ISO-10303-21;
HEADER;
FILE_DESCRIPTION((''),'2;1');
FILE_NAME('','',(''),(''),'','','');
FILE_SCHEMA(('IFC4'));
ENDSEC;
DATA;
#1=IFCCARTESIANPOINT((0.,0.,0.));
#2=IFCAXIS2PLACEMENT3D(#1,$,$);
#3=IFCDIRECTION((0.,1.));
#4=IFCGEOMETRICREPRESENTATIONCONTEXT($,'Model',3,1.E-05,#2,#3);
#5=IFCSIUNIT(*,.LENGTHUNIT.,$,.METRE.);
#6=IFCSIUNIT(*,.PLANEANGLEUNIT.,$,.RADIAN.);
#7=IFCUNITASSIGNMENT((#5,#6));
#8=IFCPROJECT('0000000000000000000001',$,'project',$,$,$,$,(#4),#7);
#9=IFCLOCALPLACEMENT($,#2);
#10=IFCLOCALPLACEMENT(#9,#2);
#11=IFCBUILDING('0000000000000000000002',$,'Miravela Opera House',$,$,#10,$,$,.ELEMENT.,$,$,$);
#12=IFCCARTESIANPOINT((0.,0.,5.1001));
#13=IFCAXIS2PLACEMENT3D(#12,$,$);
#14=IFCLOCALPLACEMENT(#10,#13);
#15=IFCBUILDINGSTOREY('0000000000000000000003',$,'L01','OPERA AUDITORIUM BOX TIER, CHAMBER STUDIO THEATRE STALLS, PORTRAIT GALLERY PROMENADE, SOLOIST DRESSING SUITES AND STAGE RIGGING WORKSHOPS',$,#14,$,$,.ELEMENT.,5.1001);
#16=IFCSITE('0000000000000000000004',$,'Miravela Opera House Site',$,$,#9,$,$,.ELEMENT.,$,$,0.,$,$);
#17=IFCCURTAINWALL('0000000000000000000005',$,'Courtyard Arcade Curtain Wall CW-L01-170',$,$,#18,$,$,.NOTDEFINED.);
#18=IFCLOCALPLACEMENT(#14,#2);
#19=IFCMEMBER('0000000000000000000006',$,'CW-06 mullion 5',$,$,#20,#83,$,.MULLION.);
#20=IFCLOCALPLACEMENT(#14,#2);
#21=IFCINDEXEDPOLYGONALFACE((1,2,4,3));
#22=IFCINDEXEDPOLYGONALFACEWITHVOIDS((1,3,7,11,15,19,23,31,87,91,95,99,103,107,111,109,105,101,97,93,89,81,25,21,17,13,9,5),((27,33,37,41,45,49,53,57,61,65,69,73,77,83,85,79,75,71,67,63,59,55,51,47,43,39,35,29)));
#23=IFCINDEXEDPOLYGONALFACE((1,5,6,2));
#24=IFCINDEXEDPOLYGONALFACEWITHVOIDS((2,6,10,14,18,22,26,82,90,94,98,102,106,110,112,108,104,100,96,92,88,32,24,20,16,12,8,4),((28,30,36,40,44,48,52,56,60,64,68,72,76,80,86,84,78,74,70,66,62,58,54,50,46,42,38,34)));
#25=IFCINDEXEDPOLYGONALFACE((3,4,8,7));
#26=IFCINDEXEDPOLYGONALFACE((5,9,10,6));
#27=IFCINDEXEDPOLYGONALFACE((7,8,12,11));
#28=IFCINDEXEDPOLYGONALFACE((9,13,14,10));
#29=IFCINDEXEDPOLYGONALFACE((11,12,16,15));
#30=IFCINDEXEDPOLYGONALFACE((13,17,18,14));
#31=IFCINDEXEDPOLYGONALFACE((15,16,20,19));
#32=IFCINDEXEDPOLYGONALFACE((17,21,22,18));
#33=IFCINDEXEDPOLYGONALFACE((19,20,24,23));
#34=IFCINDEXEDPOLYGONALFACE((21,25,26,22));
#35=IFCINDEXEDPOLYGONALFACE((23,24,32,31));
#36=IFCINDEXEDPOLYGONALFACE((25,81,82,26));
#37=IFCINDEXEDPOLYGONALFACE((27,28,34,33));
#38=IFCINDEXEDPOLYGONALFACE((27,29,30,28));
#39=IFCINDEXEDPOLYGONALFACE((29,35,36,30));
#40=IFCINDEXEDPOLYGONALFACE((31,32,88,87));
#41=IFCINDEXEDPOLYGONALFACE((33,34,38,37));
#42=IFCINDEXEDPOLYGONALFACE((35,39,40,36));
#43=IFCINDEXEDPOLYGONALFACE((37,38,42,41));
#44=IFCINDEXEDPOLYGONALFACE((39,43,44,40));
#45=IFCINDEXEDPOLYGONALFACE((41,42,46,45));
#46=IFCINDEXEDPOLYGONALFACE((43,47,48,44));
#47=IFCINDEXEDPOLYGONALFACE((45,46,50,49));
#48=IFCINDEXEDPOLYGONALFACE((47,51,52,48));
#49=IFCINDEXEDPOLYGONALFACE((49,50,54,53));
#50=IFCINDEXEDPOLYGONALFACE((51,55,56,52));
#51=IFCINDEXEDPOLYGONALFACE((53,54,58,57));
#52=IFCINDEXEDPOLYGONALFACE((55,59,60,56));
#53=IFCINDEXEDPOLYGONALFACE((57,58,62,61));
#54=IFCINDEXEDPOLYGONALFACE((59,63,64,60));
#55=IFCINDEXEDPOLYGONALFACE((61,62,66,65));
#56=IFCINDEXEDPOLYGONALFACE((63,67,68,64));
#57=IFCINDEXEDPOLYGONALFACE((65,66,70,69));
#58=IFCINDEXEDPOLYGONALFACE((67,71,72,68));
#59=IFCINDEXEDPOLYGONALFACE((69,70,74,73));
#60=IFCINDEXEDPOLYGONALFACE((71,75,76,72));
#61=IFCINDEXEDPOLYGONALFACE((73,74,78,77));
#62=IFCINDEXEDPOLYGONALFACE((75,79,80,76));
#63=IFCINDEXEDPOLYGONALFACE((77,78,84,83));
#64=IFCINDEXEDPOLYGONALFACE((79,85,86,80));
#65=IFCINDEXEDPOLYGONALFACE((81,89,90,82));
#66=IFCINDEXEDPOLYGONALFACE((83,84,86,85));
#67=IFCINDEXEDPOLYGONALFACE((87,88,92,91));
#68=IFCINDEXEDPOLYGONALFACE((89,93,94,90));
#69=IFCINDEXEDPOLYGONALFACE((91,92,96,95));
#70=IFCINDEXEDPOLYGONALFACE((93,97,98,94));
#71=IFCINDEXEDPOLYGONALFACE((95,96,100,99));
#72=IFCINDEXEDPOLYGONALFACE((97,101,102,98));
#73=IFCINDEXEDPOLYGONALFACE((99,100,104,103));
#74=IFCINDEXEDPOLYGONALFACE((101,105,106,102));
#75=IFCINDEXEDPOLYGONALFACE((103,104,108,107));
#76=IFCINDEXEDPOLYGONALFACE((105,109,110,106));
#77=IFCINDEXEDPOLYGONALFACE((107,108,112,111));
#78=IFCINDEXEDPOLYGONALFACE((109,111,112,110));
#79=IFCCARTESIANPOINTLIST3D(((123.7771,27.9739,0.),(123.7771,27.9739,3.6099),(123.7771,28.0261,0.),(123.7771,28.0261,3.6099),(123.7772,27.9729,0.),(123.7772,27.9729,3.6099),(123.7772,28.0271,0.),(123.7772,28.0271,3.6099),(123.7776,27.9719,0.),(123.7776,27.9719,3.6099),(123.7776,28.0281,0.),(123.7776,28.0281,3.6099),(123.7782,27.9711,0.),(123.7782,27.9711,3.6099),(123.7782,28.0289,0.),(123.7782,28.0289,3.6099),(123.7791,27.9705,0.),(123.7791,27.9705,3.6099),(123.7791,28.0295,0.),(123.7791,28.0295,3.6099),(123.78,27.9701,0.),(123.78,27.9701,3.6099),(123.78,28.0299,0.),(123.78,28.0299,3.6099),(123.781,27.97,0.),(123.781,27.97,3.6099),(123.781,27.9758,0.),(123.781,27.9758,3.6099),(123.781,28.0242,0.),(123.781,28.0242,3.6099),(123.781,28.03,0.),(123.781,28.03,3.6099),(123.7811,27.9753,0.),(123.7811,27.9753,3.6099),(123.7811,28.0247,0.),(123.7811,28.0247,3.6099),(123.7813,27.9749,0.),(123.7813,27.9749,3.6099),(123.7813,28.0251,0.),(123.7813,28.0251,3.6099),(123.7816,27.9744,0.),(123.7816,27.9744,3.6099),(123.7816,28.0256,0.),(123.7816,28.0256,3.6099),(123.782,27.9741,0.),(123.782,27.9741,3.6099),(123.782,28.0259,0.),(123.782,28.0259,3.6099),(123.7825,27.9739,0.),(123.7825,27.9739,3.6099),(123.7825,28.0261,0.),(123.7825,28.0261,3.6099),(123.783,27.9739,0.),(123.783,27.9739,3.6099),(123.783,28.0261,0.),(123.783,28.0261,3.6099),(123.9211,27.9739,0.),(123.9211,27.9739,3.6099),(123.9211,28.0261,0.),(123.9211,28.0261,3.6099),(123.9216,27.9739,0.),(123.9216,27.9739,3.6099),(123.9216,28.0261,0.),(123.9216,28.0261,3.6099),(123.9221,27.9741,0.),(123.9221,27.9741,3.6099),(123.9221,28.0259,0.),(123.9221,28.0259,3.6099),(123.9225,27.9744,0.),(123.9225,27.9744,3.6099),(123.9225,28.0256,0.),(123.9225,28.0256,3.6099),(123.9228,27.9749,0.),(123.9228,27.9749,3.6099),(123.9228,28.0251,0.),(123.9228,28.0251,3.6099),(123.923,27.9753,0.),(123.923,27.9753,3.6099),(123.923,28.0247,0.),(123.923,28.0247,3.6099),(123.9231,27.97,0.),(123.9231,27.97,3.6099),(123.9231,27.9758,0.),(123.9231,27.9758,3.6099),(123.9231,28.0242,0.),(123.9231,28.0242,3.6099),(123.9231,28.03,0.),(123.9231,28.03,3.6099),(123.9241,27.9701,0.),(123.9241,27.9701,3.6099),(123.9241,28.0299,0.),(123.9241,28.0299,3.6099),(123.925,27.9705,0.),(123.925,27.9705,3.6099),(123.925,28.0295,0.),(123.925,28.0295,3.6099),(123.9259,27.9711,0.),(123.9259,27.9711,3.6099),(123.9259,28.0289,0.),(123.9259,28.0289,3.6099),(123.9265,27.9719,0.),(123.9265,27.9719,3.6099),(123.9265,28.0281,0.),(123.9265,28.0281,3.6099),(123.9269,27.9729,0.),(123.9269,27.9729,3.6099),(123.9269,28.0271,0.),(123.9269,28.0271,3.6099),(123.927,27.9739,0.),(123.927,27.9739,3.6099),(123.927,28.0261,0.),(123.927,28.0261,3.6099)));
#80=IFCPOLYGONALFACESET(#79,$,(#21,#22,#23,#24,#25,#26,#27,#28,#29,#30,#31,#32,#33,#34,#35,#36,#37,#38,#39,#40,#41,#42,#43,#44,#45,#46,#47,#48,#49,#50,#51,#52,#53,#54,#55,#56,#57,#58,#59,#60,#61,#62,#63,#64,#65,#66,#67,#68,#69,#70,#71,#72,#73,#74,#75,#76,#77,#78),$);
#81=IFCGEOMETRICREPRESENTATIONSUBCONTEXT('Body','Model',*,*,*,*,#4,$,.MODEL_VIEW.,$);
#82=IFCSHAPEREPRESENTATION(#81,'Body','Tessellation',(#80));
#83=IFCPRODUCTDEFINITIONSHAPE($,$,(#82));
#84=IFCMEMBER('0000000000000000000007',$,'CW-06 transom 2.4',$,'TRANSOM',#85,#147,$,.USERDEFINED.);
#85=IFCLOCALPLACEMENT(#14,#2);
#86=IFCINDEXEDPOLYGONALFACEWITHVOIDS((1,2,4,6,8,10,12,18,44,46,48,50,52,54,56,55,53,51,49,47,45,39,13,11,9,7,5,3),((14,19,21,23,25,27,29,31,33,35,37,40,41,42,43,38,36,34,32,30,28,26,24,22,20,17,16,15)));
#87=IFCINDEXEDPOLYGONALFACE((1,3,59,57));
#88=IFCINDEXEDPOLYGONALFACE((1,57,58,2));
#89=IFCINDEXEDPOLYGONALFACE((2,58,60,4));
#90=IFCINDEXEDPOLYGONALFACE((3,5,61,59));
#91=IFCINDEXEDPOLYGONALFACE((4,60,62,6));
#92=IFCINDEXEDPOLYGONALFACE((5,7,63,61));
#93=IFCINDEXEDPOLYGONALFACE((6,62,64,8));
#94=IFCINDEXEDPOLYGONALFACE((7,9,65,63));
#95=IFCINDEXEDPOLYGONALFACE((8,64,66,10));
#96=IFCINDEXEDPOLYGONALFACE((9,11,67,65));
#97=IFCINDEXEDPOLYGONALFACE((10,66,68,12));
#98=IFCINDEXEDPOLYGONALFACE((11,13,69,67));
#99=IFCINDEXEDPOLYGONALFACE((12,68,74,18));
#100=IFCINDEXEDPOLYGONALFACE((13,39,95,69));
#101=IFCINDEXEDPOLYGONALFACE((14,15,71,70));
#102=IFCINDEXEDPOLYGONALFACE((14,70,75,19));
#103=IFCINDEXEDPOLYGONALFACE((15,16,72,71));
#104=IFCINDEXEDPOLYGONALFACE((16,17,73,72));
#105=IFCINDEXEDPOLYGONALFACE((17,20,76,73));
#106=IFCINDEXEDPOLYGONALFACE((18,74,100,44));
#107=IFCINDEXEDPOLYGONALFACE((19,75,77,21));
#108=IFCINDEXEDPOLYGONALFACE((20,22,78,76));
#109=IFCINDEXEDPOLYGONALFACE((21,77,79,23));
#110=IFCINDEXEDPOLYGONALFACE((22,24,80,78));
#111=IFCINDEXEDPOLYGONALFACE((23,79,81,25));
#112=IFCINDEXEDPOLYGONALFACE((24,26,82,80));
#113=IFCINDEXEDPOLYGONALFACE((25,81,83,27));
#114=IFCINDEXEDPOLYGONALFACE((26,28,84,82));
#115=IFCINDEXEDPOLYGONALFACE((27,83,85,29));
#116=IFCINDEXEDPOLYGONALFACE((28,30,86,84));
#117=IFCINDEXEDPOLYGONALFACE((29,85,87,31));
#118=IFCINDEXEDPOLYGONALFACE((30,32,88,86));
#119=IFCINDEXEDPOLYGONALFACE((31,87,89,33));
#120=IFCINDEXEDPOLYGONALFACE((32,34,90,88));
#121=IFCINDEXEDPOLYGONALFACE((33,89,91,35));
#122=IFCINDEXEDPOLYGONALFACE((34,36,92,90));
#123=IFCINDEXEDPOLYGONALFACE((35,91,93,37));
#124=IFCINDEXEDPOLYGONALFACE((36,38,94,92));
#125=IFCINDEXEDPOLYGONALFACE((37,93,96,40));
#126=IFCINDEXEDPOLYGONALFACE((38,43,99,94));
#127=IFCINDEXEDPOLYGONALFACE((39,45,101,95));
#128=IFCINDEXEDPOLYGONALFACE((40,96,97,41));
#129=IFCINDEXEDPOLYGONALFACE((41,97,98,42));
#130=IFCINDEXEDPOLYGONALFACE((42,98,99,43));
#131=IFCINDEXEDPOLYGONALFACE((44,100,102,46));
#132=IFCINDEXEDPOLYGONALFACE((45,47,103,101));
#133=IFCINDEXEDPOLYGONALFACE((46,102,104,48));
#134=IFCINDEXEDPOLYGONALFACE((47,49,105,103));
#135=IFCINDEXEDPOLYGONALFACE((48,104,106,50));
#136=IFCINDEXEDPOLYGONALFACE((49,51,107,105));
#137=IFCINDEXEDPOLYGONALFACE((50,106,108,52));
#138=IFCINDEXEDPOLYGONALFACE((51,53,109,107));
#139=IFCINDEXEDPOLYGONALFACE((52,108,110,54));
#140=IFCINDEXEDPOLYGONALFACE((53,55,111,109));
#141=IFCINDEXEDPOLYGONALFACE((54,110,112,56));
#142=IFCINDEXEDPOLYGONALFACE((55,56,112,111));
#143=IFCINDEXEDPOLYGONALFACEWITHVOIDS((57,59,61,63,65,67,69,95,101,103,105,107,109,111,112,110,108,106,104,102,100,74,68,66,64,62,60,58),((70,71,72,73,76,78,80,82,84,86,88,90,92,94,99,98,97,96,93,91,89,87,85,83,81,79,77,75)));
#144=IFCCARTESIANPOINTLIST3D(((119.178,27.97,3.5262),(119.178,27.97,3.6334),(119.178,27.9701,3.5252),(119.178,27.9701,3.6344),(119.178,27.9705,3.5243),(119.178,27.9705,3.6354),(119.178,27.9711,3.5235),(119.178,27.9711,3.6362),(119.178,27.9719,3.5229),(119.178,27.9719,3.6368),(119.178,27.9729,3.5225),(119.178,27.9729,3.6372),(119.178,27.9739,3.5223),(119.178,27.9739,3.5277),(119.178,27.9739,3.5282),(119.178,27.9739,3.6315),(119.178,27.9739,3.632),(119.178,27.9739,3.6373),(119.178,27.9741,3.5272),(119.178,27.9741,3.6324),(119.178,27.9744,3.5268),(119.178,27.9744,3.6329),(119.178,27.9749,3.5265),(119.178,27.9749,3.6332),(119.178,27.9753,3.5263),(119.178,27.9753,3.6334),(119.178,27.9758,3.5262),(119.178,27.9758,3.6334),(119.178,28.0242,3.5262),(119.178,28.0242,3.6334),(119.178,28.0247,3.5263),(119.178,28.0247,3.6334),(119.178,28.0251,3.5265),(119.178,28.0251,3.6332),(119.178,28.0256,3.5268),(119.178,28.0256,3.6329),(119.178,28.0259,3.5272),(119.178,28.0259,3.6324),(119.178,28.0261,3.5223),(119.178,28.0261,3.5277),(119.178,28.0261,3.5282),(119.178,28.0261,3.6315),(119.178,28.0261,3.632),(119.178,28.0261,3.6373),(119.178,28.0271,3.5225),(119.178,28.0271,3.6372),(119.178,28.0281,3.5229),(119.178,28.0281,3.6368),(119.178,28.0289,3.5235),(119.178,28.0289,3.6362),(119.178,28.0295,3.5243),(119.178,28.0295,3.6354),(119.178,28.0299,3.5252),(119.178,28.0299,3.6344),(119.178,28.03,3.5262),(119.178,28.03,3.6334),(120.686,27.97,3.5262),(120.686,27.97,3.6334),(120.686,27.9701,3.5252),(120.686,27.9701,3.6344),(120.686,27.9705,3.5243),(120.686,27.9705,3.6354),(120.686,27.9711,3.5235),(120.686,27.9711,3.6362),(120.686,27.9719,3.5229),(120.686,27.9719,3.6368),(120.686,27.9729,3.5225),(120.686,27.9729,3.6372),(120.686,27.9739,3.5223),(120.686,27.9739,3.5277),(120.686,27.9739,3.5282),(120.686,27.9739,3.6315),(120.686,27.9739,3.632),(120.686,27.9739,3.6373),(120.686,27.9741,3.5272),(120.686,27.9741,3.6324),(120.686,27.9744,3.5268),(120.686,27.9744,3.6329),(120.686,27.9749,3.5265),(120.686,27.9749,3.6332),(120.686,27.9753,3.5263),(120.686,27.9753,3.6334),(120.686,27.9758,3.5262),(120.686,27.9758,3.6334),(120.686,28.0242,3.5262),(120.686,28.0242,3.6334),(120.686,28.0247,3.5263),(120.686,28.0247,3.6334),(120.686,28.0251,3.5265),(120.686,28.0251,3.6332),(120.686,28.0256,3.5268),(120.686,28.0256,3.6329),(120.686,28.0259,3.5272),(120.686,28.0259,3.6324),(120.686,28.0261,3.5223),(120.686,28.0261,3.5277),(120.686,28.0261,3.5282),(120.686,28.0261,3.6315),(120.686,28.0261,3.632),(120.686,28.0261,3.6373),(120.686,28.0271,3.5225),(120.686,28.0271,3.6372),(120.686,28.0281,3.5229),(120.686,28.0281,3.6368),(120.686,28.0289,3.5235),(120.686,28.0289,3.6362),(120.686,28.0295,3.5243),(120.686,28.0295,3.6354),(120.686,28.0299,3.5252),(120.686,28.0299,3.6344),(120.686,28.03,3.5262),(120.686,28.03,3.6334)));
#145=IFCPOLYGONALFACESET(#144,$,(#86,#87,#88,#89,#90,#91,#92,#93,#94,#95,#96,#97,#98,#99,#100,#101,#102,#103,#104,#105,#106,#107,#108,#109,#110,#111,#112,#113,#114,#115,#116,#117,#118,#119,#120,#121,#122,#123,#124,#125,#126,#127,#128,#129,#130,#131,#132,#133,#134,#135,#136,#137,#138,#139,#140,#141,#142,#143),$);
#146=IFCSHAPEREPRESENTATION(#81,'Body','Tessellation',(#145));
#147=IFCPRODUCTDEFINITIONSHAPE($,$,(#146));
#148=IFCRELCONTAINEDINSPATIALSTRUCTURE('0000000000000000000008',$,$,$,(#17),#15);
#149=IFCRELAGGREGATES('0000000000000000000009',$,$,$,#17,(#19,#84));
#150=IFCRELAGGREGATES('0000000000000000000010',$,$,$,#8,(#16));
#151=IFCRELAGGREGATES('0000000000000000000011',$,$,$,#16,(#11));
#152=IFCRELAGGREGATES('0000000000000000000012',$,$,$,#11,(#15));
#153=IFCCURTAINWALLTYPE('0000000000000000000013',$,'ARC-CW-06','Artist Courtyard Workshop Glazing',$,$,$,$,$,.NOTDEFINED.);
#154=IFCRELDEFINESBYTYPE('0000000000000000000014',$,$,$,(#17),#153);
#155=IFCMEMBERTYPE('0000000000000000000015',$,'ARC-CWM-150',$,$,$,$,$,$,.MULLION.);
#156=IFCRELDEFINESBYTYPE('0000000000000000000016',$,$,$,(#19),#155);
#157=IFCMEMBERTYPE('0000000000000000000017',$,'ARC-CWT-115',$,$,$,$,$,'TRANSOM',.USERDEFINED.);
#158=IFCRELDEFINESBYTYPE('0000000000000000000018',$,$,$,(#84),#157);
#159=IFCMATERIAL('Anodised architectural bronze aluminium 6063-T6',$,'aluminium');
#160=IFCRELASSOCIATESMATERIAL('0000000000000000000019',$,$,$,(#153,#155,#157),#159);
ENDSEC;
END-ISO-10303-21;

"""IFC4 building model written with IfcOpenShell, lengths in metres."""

from ifc_helpers import new_model, si_unit, direction, frame, origin, origin_2d, place, context, subcontext, project, spatial, hollow_rectangle, extrude, material, material_profile, profile_set, type_object, element, aggregate, save


model = new_model("IFC4")

# Units and contexts
model_context = context("Model", 3, precision=1e-05, world=origin(), true_north=direction((0.0, 1.0)))
body_context = subcontext(model_context, "Body", "Model", "MODEL_VIEW")
ifc_project = project(units=[si_unit("LENGTHUNIT", "METRE"), si_unit("PLANEANGLEUNIT", "RADIAN")], contexts=[model_context])

# Site, building, storey
site_placement = place(None, origin())
site = spatial("IfcSite", under=ifc_project, at=site_placement, Name="Miravela Opera House Site", CompositionType="ELEMENT", RefElevation=0.0)
building_placement = place(site_placement, origin())
building = spatial("IfcBuilding", under=site, at=building_placement, Name="Miravela Opera House", CompositionType="ELEMENT")
storey_placement = place(building_placement, frame((0.0, 0.0, 5.1001)))
storey = spatial("IfcBuildingStorey", under=building, at=storey_placement, Name="L01", Description="OPERA AUDITORIUM BOX TIER, CHAMBER STUDIO THEATRE STALLS, PORTRAIT GALLERY PROMENADE, SOLOIST DRESSING SUITES AND STAGE RIGGING WORKSHOPS", CompositionType="ELEMENT", Elevation=5.1001)

# Curtain wall, members
ifc_material_1 = material(Name="Anodised architectural bronze aluminium 6063-T6", Category="aluminium")
curtain_wall_type = type_object("IfcCurtainWallType", Name="ARC-CW-06", Description="Artist Courtyard Workshop Glazing", PredefinedType="NOTDEFINED", material=ifc_material_1)
curtain_wall_placement = place(storey_placement, origin())
curtain_wall = element("IfcCurtainWall", 1, at=curtain_wall_placement, inside=storey, type_object=curtain_wall_type, Name="Courtyard Arcade Curtain Wall CW-L01-170", PredefinedType="NOTDEFINED")
ifc_material_profile_1 = material_profile(ifc_material_1, hollow_rectangle(XDim=0.0601, YDim=0.1499, WallThickness=0.0039, InnerFilletRadius=0.002, OuterFilletRadius=0.0039, at=origin_2d()), Name="CWM-60X150")
ifc_profile_set_1 = profile_set([ifc_material_profile_1])
member_type_1 = type_object("IfcMemberType", Name="ARC-CWM-150", PredefinedType="MULLION", material=ifc_profile_set_1)
member_1_placement = place(storey_placement, frame((123.8521, 28.0, 0.0), z_axis=(0.0, 0.0, 1.0), x_axis=(0.0, 1.0, 0.0)))
member_1 = element("IfcMember", 2, at=member_1_placement, type_object=member_type_1, Name="CW-06 mullion 5", PredefinedType="MULLION", context=body_context, shape_type="SweptSolid", body=[
    extrude(hollow_rectangle(XDim=0.0601, YDim=0.1499, WallThickness=0.0039, InnerFilletRadius=0.002, OuterFilletRadius=0.0039, at=origin_2d()), origin(), (0.0, 0.0, 1.0), 3.6099),
])
ifc_material_profile_2 = material_profile(ifc_material_1, hollow_rectangle(XDim=0.0601, YDim=0.115, WallThickness=0.0039, InnerFilletRadius=0.002, OuterFilletRadius=0.0039, at=origin_2d()), Name="CWT-60X115")
ifc_profile_set_2 = profile_set([ifc_material_profile_2])
member_type_2 = type_object("IfcMemberType", Name="ARC-CWT-115", ElementType="TRANSOM", PredefinedType="USERDEFINED", material=ifc_profile_set_2)
member_2_placement = place(storey_placement, frame((119.178, 28.0, 3.5798), z_axis=(1.0, 0.0, 0.0), x_axis=(0.0, 1.0, 0.0)))
member_2 = element("IfcMember", 3, at=member_2_placement, type_object=member_type_2, Name="CW-06 transom 2.4", ObjectType="TRANSOM", PredefinedType="USERDEFINED", context=body_context, shape_type="SweptSolid", body=[
    extrude(hollow_rectangle(XDim=0.0601, YDim=0.115, WallThickness=0.0039, InnerFilletRadius=0.002, OuterFilletRadius=0.0039, at=origin_2d()), origin(), (0.0, 0.0, 1.0), 1.5081),
])
aggregate(curtain_wall, [member_1, member_2])

save(model, "model.ifc")
